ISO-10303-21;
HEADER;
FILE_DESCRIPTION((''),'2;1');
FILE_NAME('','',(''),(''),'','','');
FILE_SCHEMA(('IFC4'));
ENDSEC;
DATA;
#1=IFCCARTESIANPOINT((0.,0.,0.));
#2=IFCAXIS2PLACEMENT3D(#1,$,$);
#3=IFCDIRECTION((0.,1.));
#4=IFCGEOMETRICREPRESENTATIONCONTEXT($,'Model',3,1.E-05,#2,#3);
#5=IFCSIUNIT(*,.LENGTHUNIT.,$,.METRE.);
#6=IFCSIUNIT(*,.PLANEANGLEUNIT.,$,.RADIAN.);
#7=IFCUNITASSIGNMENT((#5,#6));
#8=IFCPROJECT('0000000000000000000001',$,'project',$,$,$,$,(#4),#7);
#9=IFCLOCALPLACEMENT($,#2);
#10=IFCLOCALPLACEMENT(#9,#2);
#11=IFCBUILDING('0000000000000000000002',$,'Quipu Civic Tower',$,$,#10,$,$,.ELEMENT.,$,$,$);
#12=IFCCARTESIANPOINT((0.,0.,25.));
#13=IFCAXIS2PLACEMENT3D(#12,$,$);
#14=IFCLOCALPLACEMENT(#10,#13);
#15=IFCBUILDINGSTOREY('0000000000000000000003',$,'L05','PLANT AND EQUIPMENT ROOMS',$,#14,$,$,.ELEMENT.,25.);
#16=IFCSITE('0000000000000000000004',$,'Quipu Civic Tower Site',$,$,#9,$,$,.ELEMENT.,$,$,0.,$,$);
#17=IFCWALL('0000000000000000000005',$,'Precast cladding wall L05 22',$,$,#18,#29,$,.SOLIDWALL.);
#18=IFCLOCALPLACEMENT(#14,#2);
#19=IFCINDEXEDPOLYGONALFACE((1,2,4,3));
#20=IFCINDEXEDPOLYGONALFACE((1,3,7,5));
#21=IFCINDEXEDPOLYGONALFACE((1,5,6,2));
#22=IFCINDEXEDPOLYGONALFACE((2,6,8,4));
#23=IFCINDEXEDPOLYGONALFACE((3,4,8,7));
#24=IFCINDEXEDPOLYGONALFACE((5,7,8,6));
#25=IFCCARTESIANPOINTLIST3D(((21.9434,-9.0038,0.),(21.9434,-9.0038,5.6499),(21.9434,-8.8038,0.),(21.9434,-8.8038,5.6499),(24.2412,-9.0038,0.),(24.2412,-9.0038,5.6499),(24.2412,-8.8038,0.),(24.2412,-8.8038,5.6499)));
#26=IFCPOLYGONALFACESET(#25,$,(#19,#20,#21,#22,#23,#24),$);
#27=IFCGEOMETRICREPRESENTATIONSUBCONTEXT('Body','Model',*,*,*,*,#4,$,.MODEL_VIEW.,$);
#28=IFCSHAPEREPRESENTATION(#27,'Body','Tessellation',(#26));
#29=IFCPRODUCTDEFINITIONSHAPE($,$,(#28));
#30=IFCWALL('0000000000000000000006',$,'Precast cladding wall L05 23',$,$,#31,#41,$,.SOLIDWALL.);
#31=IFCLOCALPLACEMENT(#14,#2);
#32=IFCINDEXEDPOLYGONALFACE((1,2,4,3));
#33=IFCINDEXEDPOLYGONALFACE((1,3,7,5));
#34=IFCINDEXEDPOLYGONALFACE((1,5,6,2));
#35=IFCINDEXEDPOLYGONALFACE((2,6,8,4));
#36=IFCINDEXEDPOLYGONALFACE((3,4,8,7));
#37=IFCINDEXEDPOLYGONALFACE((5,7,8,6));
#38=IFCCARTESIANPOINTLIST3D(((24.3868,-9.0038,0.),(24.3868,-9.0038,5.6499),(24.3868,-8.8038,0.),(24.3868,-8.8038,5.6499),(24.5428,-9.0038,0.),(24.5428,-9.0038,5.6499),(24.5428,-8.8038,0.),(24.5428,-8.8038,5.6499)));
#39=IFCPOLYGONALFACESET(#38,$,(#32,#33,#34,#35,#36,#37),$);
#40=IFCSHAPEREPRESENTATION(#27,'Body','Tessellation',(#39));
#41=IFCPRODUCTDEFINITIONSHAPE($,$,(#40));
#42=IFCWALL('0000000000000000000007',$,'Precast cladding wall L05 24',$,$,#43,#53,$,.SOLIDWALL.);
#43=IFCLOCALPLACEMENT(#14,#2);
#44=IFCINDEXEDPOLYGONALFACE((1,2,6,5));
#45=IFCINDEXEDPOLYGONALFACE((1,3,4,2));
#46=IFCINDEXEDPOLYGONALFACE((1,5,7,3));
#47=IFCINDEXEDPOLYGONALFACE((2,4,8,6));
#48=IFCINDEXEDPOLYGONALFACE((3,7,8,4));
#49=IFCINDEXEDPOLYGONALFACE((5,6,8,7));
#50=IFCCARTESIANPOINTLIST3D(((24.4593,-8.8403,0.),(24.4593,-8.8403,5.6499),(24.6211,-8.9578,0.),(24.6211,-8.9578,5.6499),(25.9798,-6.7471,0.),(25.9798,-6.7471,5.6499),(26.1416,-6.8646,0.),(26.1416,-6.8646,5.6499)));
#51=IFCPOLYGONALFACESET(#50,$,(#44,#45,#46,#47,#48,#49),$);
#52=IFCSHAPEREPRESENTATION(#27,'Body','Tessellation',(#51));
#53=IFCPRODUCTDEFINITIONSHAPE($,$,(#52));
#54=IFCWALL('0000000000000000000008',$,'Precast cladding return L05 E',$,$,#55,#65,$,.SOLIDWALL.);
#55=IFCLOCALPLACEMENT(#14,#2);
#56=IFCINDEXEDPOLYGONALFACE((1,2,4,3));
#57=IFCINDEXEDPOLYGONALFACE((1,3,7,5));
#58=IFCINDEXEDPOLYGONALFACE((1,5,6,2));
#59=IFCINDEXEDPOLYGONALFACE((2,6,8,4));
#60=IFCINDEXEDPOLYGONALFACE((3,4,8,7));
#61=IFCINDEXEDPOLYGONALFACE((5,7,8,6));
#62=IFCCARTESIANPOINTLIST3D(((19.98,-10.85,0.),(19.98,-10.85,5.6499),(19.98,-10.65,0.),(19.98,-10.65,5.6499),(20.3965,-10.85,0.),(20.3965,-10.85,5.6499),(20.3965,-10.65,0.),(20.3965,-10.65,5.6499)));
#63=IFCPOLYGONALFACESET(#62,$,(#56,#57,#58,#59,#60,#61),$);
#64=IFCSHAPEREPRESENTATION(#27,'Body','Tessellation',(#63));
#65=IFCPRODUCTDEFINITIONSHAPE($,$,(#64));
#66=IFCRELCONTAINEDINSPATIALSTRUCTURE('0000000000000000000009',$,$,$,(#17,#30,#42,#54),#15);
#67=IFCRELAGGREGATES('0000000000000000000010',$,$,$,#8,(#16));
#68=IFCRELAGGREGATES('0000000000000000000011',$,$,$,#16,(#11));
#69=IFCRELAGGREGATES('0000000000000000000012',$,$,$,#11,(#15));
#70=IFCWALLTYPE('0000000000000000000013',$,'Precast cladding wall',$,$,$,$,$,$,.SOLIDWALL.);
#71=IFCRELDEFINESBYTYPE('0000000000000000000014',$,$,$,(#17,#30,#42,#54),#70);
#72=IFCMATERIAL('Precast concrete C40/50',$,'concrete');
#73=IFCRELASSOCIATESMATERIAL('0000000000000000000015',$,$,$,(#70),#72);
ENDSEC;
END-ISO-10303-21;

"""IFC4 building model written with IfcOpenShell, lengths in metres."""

from ifc_helpers import new_model, si_unit, direction, frame, frame_2d, origin, place, context, subcontext, project, spatial, rectangle, extrude, material, type_object, element, save


model = new_model("IFC4")

# Units and contexts
model_context = context("Model", 3, precision=1e-05, world=origin(), true_north=direction((0.0, 1.0)))
body_context = subcontext(model_context, "Body", "Model", "MODEL_VIEW")
ifc_project = project(units=[si_unit("LENGTHUNIT", "METRE"), si_unit("PLANEANGLEUNIT", "RADIAN")], contexts=[model_context])

# Site, building, storey
site_placement = place(None, origin())
site = spatial("IfcSite", under=ifc_project, at=site_placement, Name="Quipu Civic Tower Site", CompositionType="ELEMENT", RefElevation=0.0)
building_placement = place(site_placement, origin())
building = spatial("IfcBuilding", under=site, at=building_placement, Name="Quipu Civic Tower", CompositionType="ELEMENT")
storey_placement = place(building_placement, frame((0.0, 0.0, 25.0)))
storey = spatial("IfcBuildingStorey", under=building, at=storey_placement, Name="L05", Description="PLANT AND EQUIPMENT ROOMS", CompositionType="ELEMENT", Elevation=25.0)

# Walls
ifc_material_1 = material(Name="Precast concrete C40/50", Category="concrete")
wall_type_1 = type_object("IfcWallType", Name="Precast cladding wall", PredefinedType="SOLIDWALL", material=ifc_material_1)
wall_1_placement = place(storey_placement, frame((21.9434, -8.9038, 0.0), z_axis=(0.0, 0.0, 1.0), x_axis=(1.0, 0.0, 0.0)))
element("IfcWall", 1, at=wall_1_placement, inside=storey, type_object=wall_type_1, Name="Precast cladding wall L05 22", PredefinedType="SOLIDWALL", context=body_context, shape_type="SweptSolid", body=[
    extrude(rectangle(XDim=2.2979, YDim=0.2, at=frame_2d((1.1489, 0.0))), origin(), (0.0, 0.0, 1.0), 5.6499),
])
wall_2_placement = place(storey_placement, frame((24.3867, -8.9038, 0.0), z_axis=(0.0, 0.0, 1.0), x_axis=(1.0, 0.0, 0.0)))
element("IfcWall", 2, at=wall_2_placement, inside=storey, type_object=wall_type_1, Name="Precast cladding wall L05 23", PredefinedType="SOLIDWALL", context=body_context, shape_type="SweptSolid", body=[
    extrude(rectangle(XDim=0.156, YDim=0.2, at=frame_2d((0.0781, 0.0))), origin(), (0.0, 0.0, 1.0), 5.6499),
])
wall_3_placement = place(storey_placement, frame((24.5403, -8.8989, 0.0), z_axis=(0.0, 0.0, 1.0), x_axis=(0.5877, 0.809079, 0.0)))
element("IfcWall", 3, at=wall_3_placement, inside=storey, type_object=wall_type_1, Name="Precast cladding wall L05 24", PredefinedType="SOLIDWALL", context=body_context, shape_type="SweptSolid", body=[
    extrude(rectangle(XDim=2.5872, YDim=0.2, at=frame_2d((1.2935, 0.0))), origin(), (0.0, 0.0, 1.0), 5.6499),
])
wall_4_placement = place(storey_placement, frame((19.98, -10.75, 0.0), z_axis=(0.0, 0.0, 1.0), x_axis=(1.0, 0.0, 0.0)))
element("IfcWall", 4, at=wall_4_placement, inside=storey, type_object=wall_type_1, Name="Precast cladding return L05 E", PredefinedType="SOLIDWALL", context=body_context, shape_type="SweptSolid", body=[
    extrude(rectangle(XDim=0.4165, YDim=0.2, at=frame_2d((0.2083, 0.0))), origin(), (0.0, 0.0, 1.0), 5.6499),
])

save(model, "model.ifc")
